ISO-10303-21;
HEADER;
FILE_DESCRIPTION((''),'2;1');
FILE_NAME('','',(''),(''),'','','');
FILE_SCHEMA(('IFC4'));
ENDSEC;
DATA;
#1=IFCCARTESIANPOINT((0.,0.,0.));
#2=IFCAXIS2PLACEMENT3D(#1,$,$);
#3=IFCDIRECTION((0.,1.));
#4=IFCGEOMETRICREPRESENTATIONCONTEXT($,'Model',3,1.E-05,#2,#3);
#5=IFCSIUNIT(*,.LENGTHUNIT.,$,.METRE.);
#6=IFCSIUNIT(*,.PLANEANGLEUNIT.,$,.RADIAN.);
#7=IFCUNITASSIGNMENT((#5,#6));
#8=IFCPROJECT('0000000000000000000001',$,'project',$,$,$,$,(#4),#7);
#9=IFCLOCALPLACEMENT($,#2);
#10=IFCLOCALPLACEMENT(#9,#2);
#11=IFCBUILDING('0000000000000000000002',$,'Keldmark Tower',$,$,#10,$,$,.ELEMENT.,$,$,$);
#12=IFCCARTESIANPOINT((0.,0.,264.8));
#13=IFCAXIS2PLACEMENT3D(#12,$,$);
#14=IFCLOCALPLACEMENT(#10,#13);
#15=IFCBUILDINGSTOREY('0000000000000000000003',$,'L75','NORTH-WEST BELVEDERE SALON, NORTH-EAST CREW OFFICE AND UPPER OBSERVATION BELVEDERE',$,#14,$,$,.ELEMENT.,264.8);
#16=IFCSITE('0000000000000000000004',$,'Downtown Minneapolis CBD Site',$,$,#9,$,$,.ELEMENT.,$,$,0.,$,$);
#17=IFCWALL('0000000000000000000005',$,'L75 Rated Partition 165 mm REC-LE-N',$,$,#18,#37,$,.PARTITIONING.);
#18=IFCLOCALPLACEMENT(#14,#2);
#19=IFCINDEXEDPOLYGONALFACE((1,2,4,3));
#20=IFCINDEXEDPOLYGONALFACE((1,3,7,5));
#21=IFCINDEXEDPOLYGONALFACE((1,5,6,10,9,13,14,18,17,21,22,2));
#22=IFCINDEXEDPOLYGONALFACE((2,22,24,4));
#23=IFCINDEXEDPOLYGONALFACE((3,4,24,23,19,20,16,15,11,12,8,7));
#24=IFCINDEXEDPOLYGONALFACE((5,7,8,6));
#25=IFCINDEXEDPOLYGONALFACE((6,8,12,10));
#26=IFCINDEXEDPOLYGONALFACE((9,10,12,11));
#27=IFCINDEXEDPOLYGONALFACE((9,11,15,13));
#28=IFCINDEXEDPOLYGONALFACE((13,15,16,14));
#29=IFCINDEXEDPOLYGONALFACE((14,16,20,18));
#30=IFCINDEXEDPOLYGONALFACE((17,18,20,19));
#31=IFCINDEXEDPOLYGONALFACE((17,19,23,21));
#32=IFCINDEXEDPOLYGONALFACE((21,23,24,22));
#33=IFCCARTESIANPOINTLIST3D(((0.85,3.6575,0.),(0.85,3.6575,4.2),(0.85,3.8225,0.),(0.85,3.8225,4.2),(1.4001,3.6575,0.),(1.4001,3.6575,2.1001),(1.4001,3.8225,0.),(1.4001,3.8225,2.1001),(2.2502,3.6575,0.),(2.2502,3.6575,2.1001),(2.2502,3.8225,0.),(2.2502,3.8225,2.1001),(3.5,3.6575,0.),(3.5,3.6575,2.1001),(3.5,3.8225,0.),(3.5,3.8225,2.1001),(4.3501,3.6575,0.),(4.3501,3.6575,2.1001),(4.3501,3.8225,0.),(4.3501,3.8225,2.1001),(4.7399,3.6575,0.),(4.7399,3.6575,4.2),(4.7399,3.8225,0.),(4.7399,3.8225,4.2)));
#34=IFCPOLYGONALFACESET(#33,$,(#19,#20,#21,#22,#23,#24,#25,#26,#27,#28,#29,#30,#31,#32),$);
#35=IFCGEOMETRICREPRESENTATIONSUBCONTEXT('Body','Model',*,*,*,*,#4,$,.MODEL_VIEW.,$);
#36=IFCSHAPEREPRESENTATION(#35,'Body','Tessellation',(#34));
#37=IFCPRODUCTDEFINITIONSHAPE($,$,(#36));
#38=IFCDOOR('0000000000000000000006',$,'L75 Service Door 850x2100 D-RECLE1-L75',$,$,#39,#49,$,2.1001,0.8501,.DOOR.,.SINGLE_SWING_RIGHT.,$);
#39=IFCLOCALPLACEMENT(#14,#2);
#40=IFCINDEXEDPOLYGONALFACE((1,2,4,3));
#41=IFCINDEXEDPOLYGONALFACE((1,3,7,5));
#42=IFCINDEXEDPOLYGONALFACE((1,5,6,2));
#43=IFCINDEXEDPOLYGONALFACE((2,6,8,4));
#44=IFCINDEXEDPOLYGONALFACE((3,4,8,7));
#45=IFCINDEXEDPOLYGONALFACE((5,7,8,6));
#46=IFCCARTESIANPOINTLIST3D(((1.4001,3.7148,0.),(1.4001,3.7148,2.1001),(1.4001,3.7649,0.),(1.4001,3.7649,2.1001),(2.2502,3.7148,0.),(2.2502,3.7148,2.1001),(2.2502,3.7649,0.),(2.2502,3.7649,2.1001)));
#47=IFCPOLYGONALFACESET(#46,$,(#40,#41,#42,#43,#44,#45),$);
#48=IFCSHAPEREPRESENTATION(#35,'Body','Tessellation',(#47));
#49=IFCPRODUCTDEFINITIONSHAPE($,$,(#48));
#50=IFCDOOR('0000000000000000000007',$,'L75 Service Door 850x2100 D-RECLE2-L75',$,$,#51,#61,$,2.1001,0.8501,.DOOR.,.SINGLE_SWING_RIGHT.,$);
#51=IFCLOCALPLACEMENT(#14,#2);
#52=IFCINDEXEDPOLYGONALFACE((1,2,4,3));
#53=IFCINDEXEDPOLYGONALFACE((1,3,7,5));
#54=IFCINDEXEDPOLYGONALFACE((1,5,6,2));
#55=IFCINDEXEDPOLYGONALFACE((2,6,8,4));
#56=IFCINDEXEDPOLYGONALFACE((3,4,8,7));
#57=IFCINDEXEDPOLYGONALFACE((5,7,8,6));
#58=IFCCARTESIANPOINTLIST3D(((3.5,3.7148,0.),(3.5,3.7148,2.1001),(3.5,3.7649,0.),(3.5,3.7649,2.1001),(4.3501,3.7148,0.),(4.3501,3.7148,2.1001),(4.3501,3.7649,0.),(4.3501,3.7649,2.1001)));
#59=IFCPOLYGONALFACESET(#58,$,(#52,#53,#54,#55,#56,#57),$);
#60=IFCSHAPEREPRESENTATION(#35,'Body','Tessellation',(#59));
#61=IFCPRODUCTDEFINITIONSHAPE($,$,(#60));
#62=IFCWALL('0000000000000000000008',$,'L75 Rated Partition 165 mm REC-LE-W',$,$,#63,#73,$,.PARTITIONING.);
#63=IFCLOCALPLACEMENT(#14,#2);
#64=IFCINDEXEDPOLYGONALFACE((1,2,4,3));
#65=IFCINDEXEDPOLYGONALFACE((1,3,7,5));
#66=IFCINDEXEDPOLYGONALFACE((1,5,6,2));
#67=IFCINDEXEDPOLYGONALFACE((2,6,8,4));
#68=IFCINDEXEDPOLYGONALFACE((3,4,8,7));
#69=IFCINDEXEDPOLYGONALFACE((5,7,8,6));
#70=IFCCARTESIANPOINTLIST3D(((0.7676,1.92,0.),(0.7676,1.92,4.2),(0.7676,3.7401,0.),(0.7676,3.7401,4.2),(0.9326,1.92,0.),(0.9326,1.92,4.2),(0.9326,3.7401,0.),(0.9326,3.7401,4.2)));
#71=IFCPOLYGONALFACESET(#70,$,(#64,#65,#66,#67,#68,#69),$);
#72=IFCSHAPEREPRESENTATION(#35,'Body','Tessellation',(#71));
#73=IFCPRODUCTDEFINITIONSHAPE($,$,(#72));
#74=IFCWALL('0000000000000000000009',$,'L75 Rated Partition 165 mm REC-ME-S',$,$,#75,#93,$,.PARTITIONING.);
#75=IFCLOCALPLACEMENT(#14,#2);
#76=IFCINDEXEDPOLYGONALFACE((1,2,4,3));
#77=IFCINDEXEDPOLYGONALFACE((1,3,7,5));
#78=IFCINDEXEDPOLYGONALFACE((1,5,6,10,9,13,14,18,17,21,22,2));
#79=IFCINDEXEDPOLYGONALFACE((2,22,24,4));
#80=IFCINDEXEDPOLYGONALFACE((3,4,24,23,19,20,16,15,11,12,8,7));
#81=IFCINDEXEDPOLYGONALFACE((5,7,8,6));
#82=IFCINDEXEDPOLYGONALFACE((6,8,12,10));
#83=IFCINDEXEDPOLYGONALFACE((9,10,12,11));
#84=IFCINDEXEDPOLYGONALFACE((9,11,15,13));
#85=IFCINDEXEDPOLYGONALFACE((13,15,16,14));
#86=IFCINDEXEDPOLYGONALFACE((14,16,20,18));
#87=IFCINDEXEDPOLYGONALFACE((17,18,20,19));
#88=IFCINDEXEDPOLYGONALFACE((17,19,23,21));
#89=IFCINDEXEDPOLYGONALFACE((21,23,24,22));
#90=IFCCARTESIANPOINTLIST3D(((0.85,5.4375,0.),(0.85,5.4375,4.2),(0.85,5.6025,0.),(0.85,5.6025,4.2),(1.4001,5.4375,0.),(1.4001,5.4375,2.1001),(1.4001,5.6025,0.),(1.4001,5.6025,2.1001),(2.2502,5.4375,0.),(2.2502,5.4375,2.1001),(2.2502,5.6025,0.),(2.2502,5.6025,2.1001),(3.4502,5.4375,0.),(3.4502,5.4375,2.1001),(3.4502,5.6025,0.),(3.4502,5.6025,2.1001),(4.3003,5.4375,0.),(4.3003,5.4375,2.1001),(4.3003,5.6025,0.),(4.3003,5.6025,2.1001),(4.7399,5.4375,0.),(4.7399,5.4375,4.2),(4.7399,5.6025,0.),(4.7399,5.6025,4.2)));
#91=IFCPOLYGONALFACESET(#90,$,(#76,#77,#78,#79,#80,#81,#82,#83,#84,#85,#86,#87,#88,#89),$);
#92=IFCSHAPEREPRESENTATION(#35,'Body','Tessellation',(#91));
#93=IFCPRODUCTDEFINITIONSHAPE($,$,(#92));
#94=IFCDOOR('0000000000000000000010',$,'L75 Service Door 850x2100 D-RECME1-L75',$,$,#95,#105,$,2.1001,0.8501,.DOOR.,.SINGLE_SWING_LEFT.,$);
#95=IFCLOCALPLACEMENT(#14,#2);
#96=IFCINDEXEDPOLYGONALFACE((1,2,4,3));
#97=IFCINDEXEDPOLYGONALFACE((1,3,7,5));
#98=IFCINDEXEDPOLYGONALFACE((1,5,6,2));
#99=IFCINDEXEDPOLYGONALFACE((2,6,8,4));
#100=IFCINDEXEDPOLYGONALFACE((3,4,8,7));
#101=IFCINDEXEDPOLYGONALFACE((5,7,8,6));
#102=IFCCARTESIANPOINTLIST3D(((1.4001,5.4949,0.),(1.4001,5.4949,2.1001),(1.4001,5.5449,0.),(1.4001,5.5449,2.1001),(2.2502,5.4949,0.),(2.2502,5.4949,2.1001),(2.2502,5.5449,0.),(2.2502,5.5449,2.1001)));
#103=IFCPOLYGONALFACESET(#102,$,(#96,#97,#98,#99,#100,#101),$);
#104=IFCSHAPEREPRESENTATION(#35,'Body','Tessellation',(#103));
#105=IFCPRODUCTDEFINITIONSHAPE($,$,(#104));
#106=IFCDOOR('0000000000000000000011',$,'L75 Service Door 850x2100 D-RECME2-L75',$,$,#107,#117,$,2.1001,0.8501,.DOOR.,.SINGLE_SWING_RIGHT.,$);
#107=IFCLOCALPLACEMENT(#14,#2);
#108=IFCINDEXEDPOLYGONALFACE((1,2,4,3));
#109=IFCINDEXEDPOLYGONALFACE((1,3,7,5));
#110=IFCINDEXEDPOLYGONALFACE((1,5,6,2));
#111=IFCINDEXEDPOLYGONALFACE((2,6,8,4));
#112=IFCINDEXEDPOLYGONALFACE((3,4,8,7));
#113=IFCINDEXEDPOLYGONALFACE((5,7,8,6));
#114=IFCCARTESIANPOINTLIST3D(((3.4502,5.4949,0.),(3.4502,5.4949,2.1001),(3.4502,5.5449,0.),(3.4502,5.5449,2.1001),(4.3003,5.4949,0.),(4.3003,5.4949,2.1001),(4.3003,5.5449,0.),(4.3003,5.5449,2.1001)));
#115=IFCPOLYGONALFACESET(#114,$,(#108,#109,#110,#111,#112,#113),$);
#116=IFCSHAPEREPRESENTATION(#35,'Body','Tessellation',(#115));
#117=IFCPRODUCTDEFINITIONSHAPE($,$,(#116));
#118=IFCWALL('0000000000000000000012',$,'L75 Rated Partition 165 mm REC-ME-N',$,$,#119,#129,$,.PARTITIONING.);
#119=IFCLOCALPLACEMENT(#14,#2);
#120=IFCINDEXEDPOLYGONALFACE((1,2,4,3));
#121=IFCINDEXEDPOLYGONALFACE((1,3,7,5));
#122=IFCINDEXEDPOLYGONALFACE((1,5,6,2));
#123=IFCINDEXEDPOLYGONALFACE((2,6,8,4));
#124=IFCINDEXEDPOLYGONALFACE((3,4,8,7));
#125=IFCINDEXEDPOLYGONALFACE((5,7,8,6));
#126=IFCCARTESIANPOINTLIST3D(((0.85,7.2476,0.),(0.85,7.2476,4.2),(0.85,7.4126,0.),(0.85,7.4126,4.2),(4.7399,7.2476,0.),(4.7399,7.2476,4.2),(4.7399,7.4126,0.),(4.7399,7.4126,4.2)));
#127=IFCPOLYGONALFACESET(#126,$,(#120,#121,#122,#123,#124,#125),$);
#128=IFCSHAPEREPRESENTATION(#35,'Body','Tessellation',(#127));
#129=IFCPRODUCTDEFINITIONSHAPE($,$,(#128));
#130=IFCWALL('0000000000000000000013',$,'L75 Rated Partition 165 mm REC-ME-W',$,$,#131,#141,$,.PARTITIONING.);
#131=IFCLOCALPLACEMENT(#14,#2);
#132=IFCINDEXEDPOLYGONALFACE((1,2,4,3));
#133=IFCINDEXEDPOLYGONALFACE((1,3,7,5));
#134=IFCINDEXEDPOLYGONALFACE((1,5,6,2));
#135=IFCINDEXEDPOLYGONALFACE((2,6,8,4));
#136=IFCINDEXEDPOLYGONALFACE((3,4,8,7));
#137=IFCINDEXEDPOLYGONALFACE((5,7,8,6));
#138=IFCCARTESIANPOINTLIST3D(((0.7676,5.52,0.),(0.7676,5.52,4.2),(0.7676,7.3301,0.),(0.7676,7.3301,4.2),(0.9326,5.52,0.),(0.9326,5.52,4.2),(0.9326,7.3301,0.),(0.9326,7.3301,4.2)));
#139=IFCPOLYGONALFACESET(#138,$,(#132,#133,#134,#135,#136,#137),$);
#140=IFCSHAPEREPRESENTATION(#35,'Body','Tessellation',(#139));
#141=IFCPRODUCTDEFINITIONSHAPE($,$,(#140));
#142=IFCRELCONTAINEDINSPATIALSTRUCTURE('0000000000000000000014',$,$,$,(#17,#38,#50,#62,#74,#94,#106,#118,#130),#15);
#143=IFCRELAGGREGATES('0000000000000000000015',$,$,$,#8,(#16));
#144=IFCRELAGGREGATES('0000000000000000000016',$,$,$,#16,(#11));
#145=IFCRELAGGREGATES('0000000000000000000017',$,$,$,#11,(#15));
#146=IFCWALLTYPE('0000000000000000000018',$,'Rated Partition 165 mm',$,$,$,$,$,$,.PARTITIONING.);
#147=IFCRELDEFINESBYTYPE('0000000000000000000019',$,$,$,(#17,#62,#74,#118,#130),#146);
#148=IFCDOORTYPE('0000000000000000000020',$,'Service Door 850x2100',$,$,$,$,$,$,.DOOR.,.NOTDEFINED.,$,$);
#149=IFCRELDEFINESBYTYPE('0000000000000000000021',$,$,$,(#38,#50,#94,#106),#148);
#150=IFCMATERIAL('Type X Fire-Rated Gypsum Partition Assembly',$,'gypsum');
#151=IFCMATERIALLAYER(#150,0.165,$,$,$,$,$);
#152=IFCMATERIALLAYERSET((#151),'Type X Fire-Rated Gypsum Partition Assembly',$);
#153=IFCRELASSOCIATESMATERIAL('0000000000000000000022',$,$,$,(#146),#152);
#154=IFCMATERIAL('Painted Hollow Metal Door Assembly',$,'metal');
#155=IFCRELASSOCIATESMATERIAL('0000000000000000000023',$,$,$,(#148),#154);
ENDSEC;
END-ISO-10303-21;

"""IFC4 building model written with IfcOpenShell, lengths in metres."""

from ifc_helpers import new_model, si_unit, direction, frame, frame_2d, origin, place, context, subcontext, project, spatial, rectangle, extrude, material, layer, layer_set, type_object, element, fill, save


model = new_model("IFC4")

# Units and contexts
model_context = context("Model", 3, precision=1e-05, world=origin(), true_north=direction((0.0, 1.0)))
body_context = subcontext(model_context, "Body", "Model", "MODEL_VIEW")
ifc_project = project(units=[si_unit("LENGTHUNIT", "METRE"), si_unit("PLANEANGLEUNIT", "RADIAN")], contexts=[model_context])

# Site, building, storey
site_placement = place(None, origin())
site = spatial("IfcSite", under=ifc_project, at=site_placement, Name="Downtown Minneapolis CBD Site", CompositionType="ELEMENT", RefElevation=0.0)
building_placement = place(site_placement, origin())
building = spatial("IfcBuilding", under=site, at=building_placement, Name="Keldmark Tower", CompositionType="ELEMENT")
storey_placement = place(building_placement, frame((0.0, 0.0, 264.8)))
storey = spatial("IfcBuildingStorey", under=building, at=storey_placement, Name="L75", Description="NORTH-WEST BELVEDERE SALON, NORTH-EAST CREW OFFICE AND UPPER OBSERVATION BELVEDERE", CompositionType="ELEMENT", Elevation=264.8)

# Shared definitions
ifc_material_1 = material(Name="Type X Fire-Rated Gypsum Partition Assembly", Category="gypsum")
ifc_layer_1 = layer(ifc_material_1, 0.165)
ifc_layer_set_1 = layer_set([ifc_layer_1], Name="Type X Fire-Rated Gypsum Partition Assembly")
wall_type_1 = type_object("IfcWallType", Name="Rated Partition 165 mm", PredefinedType="PARTITIONING", material=ifc_layer_set_1)

# Wall, openings, doors
wall_1_placement = place(storey_placement, frame((0.8501, 3.74, 0.0), z_axis=(0.0, 0.0, 1.0), x_axis=(1.0, 0.0, 0.0)))
wall_1 = element("IfcWall", 1, at=wall_1_placement, inside=storey, type_object=wall_type_1, Name="L75 Rated Partition 165 mm REC-LE-N", PredefinedType="PARTITIONING", context=body_context, shape_type="SweptSolid", body=[
    extrude(rectangle(XDim=3.8899, YDim=0.165, at=frame_2d((1.9448, 0.0))), origin(), (0.0, 0.0, 1.0), 4.2),
])
opening_1_placement = place(wall_1_placement, frame((0.55, 0.0, 0.0)))
opening_1 = element("IfcOpeningElement", 2, at=opening_1_placement, cuts=wall_1, PredefinedType="OPENING", context=body_context, shape_type="SweptSolid", body=[
    extrude(rectangle(XDim=0.8501, YDim=2.1001, at=frame_2d((0.425, 1.05))), frame((0.0, 0.0925, 0.0), z_axis=(0.0, -1.0, 0.0), x_axis=(1.0, 0.0, 0.0)), (0.0, 0.0, 1.0), 0.1851),
])
opening_2_placement = place(wall_1_placement, frame((2.6499, 0.0, 0.0)))
opening_2 = element("IfcOpeningElement", 3, at=opening_2_placement, cuts=wall_1, PredefinedType="OPENING", context=body_context, shape_type="SweptSolid", body=[
    extrude(rectangle(XDim=0.8501, YDim=2.1001, at=frame_2d((0.425, 1.05))), frame((0.0, 0.0925, 0.0), z_axis=(0.0, -1.0, 0.0), x_axis=(1.0, 0.0, 0.0)), (0.0, 0.0, 1.0), 0.1851),
])
ifc_material_2 = material(Name="Painted Hollow Metal Door Assembly", Category="metal")
door_type_1 = type_object("IfcDoorType", Name="Service Door 850x2100", OperationType="NOTDEFINED", PredefinedType="DOOR", material=ifc_material_2)
door_1_placement = place(opening_1_placement, origin())
door_1 = element("IfcDoor", 4, at=door_1_placement, inside=storey, type_object=door_type_1, Name="L75 Service Door 850x2100 D-RECLE1-L75", OperationType="SINGLE_SWING_RIGHT", OverallHeight=2.1001, OverallWidth=0.8501, PredefinedType="DOOR", context=body_context, shape_type="SweptSolid", body=[
    extrude(rectangle(XDim=0.8501, YDim=2.1001, at=frame_2d((0.425, 1.05))), frame((0.0, 0.0249, 0.0), z_axis=(0.0, -1.0, 0.0), x_axis=(1.0, 0.0, 0.0)), (0.0, 0.0, 1.0), 0.05),
])
fill(opening_1, door_1)
door_2_placement = place(opening_2_placement, origin())
door_2 = element("IfcDoor", 5, at=door_2_placement, inside=storey, type_object=door_type_1, Name="L75 Service Door 850x2100 D-RECLE2-L75", OperationType="SINGLE_SWING_RIGHT", OverallHeight=2.1001, OverallWidth=0.8501, PredefinedType="DOOR", context=body_context, shape_type="SweptSolid", body=[
    extrude(rectangle(XDim=0.8501, YDim=2.1001, at=frame_2d((0.425, 1.05))), frame((0.0, 0.0249, 0.0), z_axis=(0.0, -1.0, 0.0), x_axis=(1.0, 0.0, 0.0)), (0.0, 0.0, 1.0), 0.05),
])
fill(opening_2, door_2)

# Wall
wall_2_placement = place(storey_placement, frame((0.8501, 1.9199, 0.0), z_axis=(0.0, 0.0, 1.0), x_axis=(0.0, 1.0, 0.0)))
element("IfcWall", 6, at=wall_2_placement, inside=storey, type_object=wall_type_1, Name="L75 Rated Partition 165 mm REC-LE-W", PredefinedType="PARTITIONING", context=body_context, shape_type="SweptSolid", body=[
    extrude(rectangle(XDim=1.8201, YDim=0.165, at=frame_2d((0.9102, 0.0))), origin(), (0.0, 0.0, 1.0), 4.2),
])

# Wall, openings, doors
wall_3_placement = place(storey_placement, frame((0.8501, 5.52, 0.0), z_axis=(0.0, 0.0, 1.0), x_axis=(1.0, 0.0, 0.0)))
wall_3 = element("IfcWall", 7, at=wall_3_placement, inside=storey, type_object=wall_type_1, Name="L75 Rated Partition 165 mm REC-ME-S", PredefinedType="PARTITIONING", context=body_context, shape_type="SweptSolid", body=[
    extrude(rectangle(XDim=3.8899, YDim=0.165, at=frame_2d((1.9448, 0.0))), origin(), (0.0, 0.0, 1.0), 4.2),
])
opening_3_placement = place(wall_3_placement, frame((0.55, 0.0, 0.0)))
opening_3 = element("IfcOpeningElement", 8, at=opening_3_placement, cuts=wall_3, PredefinedType="OPENING", context=body_context, shape_type="SweptSolid", body=[
    extrude(rectangle(XDim=0.8501, YDim=2.1001, at=frame_2d((0.425, 1.05))), frame((0.0, 0.0925, 0.0), z_axis=(0.0, -1.0, 0.0), x_axis=(1.0, 0.0, 0.0)), (0.0, 0.0, 1.0), 0.1851),
])
opening_4_placement = place(wall_3_placement, frame((2.6001, 0.0, 0.0)))
opening_4 = element("IfcOpeningElement", 9, at=opening_4_placement, cuts=wall_3, PredefinedType="OPENING", context=body_context, shape_type="SweptSolid", body=[
    extrude(rectangle(XDim=0.8501, YDim=2.1001, at=frame_2d((0.425, 1.05))), frame((0.0, 0.0925, 0.0), z_axis=(0.0, -1.0, 0.0), x_axis=(1.0, 0.0, 0.0)), (0.0, 0.0, 1.0), 0.1851),
])
door_3_placement = place(opening_3_placement, origin())
door_3 = element("IfcDoor", 10, at=door_3_placement, inside=storey, type_object=door_type_1, Name="L75 Service Door 850x2100 D-RECME1-L75", OperationType="SINGLE_SWING_LEFT", OverallHeight=2.1001, OverallWidth=0.8501, PredefinedType="DOOR", context=body_context, shape_type="SweptSolid", body=[
    extrude(rectangle(XDim=0.8501, YDim=2.1001, at=frame_2d((0.425, 1.05))), frame((0.0, 0.0249, 0.0), z_axis=(0.0, -1.0, 0.0), x_axis=(1.0, 0.0, 0.0)), (0.0, 0.0, 1.0), 0.05),
])
fill(opening_3, door_3)
door_4_placement = place(opening_4_placement, origin())
door_4 = element("IfcDoor", 11, at=door_4_placement, inside=storey, type_object=door_type_1, Name="L75 Service Door 850x2100 D-RECME2-L75", OperationType="SINGLE_SWING_RIGHT", OverallHeight=2.1001, OverallWidth=0.8501, PredefinedType="DOOR", context=body_context, shape_type="SweptSolid", body=[
    extrude(rectangle(XDim=0.8501, YDim=2.1001, at=frame_2d((0.425, 1.05))), frame((0.0, 0.0249, 0.0), z_axis=(0.0, -1.0, 0.0), x_axis=(1.0, 0.0, 0.0)), (0.0, 0.0, 1.0), 0.05),
])
fill(opening_4, door_4)

# Walls
wall_4_placement = place(storey_placement, frame((0.8501, 7.3301, 0.0), z_axis=(0.0, 0.0, 1.0), x_axis=(1.0, 0.0, 0.0)))
element("IfcWall", 12, at=wall_4_placement, inside=storey, type_object=wall_type_1, Name="L75 Rated Partition 165 mm REC-ME-N", PredefinedType="PARTITIONING", context=body_context, shape_type="SweptSolid", body=[
    extrude(rectangle(XDim=3.8899, YDim=0.165, at=frame_2d((1.9448, 0.0))), origin(), (0.0, 0.0, 1.0), 4.2),
])
wall_5_placement = place(storey_placement, frame((0.8501, 5.52, 0.0), z_axis=(0.0, 0.0, 1.0), x_axis=(0.0, 1.0, 0.0)))
element("IfcWall", 13, at=wall_5_placement, inside=storey, type_object=wall_type_1, Name="L75 Rated Partition 165 mm REC-ME-W", PredefinedType="PARTITIONING", context=body_context, shape_type="SweptSolid", body=[
    extrude(rectangle(XDim=1.8101, YDim=0.165, at=frame_2d((0.905, 0.0))), origin(), (0.0, 0.0, 1.0), 4.2),
])

save(model, "model.ifc")
